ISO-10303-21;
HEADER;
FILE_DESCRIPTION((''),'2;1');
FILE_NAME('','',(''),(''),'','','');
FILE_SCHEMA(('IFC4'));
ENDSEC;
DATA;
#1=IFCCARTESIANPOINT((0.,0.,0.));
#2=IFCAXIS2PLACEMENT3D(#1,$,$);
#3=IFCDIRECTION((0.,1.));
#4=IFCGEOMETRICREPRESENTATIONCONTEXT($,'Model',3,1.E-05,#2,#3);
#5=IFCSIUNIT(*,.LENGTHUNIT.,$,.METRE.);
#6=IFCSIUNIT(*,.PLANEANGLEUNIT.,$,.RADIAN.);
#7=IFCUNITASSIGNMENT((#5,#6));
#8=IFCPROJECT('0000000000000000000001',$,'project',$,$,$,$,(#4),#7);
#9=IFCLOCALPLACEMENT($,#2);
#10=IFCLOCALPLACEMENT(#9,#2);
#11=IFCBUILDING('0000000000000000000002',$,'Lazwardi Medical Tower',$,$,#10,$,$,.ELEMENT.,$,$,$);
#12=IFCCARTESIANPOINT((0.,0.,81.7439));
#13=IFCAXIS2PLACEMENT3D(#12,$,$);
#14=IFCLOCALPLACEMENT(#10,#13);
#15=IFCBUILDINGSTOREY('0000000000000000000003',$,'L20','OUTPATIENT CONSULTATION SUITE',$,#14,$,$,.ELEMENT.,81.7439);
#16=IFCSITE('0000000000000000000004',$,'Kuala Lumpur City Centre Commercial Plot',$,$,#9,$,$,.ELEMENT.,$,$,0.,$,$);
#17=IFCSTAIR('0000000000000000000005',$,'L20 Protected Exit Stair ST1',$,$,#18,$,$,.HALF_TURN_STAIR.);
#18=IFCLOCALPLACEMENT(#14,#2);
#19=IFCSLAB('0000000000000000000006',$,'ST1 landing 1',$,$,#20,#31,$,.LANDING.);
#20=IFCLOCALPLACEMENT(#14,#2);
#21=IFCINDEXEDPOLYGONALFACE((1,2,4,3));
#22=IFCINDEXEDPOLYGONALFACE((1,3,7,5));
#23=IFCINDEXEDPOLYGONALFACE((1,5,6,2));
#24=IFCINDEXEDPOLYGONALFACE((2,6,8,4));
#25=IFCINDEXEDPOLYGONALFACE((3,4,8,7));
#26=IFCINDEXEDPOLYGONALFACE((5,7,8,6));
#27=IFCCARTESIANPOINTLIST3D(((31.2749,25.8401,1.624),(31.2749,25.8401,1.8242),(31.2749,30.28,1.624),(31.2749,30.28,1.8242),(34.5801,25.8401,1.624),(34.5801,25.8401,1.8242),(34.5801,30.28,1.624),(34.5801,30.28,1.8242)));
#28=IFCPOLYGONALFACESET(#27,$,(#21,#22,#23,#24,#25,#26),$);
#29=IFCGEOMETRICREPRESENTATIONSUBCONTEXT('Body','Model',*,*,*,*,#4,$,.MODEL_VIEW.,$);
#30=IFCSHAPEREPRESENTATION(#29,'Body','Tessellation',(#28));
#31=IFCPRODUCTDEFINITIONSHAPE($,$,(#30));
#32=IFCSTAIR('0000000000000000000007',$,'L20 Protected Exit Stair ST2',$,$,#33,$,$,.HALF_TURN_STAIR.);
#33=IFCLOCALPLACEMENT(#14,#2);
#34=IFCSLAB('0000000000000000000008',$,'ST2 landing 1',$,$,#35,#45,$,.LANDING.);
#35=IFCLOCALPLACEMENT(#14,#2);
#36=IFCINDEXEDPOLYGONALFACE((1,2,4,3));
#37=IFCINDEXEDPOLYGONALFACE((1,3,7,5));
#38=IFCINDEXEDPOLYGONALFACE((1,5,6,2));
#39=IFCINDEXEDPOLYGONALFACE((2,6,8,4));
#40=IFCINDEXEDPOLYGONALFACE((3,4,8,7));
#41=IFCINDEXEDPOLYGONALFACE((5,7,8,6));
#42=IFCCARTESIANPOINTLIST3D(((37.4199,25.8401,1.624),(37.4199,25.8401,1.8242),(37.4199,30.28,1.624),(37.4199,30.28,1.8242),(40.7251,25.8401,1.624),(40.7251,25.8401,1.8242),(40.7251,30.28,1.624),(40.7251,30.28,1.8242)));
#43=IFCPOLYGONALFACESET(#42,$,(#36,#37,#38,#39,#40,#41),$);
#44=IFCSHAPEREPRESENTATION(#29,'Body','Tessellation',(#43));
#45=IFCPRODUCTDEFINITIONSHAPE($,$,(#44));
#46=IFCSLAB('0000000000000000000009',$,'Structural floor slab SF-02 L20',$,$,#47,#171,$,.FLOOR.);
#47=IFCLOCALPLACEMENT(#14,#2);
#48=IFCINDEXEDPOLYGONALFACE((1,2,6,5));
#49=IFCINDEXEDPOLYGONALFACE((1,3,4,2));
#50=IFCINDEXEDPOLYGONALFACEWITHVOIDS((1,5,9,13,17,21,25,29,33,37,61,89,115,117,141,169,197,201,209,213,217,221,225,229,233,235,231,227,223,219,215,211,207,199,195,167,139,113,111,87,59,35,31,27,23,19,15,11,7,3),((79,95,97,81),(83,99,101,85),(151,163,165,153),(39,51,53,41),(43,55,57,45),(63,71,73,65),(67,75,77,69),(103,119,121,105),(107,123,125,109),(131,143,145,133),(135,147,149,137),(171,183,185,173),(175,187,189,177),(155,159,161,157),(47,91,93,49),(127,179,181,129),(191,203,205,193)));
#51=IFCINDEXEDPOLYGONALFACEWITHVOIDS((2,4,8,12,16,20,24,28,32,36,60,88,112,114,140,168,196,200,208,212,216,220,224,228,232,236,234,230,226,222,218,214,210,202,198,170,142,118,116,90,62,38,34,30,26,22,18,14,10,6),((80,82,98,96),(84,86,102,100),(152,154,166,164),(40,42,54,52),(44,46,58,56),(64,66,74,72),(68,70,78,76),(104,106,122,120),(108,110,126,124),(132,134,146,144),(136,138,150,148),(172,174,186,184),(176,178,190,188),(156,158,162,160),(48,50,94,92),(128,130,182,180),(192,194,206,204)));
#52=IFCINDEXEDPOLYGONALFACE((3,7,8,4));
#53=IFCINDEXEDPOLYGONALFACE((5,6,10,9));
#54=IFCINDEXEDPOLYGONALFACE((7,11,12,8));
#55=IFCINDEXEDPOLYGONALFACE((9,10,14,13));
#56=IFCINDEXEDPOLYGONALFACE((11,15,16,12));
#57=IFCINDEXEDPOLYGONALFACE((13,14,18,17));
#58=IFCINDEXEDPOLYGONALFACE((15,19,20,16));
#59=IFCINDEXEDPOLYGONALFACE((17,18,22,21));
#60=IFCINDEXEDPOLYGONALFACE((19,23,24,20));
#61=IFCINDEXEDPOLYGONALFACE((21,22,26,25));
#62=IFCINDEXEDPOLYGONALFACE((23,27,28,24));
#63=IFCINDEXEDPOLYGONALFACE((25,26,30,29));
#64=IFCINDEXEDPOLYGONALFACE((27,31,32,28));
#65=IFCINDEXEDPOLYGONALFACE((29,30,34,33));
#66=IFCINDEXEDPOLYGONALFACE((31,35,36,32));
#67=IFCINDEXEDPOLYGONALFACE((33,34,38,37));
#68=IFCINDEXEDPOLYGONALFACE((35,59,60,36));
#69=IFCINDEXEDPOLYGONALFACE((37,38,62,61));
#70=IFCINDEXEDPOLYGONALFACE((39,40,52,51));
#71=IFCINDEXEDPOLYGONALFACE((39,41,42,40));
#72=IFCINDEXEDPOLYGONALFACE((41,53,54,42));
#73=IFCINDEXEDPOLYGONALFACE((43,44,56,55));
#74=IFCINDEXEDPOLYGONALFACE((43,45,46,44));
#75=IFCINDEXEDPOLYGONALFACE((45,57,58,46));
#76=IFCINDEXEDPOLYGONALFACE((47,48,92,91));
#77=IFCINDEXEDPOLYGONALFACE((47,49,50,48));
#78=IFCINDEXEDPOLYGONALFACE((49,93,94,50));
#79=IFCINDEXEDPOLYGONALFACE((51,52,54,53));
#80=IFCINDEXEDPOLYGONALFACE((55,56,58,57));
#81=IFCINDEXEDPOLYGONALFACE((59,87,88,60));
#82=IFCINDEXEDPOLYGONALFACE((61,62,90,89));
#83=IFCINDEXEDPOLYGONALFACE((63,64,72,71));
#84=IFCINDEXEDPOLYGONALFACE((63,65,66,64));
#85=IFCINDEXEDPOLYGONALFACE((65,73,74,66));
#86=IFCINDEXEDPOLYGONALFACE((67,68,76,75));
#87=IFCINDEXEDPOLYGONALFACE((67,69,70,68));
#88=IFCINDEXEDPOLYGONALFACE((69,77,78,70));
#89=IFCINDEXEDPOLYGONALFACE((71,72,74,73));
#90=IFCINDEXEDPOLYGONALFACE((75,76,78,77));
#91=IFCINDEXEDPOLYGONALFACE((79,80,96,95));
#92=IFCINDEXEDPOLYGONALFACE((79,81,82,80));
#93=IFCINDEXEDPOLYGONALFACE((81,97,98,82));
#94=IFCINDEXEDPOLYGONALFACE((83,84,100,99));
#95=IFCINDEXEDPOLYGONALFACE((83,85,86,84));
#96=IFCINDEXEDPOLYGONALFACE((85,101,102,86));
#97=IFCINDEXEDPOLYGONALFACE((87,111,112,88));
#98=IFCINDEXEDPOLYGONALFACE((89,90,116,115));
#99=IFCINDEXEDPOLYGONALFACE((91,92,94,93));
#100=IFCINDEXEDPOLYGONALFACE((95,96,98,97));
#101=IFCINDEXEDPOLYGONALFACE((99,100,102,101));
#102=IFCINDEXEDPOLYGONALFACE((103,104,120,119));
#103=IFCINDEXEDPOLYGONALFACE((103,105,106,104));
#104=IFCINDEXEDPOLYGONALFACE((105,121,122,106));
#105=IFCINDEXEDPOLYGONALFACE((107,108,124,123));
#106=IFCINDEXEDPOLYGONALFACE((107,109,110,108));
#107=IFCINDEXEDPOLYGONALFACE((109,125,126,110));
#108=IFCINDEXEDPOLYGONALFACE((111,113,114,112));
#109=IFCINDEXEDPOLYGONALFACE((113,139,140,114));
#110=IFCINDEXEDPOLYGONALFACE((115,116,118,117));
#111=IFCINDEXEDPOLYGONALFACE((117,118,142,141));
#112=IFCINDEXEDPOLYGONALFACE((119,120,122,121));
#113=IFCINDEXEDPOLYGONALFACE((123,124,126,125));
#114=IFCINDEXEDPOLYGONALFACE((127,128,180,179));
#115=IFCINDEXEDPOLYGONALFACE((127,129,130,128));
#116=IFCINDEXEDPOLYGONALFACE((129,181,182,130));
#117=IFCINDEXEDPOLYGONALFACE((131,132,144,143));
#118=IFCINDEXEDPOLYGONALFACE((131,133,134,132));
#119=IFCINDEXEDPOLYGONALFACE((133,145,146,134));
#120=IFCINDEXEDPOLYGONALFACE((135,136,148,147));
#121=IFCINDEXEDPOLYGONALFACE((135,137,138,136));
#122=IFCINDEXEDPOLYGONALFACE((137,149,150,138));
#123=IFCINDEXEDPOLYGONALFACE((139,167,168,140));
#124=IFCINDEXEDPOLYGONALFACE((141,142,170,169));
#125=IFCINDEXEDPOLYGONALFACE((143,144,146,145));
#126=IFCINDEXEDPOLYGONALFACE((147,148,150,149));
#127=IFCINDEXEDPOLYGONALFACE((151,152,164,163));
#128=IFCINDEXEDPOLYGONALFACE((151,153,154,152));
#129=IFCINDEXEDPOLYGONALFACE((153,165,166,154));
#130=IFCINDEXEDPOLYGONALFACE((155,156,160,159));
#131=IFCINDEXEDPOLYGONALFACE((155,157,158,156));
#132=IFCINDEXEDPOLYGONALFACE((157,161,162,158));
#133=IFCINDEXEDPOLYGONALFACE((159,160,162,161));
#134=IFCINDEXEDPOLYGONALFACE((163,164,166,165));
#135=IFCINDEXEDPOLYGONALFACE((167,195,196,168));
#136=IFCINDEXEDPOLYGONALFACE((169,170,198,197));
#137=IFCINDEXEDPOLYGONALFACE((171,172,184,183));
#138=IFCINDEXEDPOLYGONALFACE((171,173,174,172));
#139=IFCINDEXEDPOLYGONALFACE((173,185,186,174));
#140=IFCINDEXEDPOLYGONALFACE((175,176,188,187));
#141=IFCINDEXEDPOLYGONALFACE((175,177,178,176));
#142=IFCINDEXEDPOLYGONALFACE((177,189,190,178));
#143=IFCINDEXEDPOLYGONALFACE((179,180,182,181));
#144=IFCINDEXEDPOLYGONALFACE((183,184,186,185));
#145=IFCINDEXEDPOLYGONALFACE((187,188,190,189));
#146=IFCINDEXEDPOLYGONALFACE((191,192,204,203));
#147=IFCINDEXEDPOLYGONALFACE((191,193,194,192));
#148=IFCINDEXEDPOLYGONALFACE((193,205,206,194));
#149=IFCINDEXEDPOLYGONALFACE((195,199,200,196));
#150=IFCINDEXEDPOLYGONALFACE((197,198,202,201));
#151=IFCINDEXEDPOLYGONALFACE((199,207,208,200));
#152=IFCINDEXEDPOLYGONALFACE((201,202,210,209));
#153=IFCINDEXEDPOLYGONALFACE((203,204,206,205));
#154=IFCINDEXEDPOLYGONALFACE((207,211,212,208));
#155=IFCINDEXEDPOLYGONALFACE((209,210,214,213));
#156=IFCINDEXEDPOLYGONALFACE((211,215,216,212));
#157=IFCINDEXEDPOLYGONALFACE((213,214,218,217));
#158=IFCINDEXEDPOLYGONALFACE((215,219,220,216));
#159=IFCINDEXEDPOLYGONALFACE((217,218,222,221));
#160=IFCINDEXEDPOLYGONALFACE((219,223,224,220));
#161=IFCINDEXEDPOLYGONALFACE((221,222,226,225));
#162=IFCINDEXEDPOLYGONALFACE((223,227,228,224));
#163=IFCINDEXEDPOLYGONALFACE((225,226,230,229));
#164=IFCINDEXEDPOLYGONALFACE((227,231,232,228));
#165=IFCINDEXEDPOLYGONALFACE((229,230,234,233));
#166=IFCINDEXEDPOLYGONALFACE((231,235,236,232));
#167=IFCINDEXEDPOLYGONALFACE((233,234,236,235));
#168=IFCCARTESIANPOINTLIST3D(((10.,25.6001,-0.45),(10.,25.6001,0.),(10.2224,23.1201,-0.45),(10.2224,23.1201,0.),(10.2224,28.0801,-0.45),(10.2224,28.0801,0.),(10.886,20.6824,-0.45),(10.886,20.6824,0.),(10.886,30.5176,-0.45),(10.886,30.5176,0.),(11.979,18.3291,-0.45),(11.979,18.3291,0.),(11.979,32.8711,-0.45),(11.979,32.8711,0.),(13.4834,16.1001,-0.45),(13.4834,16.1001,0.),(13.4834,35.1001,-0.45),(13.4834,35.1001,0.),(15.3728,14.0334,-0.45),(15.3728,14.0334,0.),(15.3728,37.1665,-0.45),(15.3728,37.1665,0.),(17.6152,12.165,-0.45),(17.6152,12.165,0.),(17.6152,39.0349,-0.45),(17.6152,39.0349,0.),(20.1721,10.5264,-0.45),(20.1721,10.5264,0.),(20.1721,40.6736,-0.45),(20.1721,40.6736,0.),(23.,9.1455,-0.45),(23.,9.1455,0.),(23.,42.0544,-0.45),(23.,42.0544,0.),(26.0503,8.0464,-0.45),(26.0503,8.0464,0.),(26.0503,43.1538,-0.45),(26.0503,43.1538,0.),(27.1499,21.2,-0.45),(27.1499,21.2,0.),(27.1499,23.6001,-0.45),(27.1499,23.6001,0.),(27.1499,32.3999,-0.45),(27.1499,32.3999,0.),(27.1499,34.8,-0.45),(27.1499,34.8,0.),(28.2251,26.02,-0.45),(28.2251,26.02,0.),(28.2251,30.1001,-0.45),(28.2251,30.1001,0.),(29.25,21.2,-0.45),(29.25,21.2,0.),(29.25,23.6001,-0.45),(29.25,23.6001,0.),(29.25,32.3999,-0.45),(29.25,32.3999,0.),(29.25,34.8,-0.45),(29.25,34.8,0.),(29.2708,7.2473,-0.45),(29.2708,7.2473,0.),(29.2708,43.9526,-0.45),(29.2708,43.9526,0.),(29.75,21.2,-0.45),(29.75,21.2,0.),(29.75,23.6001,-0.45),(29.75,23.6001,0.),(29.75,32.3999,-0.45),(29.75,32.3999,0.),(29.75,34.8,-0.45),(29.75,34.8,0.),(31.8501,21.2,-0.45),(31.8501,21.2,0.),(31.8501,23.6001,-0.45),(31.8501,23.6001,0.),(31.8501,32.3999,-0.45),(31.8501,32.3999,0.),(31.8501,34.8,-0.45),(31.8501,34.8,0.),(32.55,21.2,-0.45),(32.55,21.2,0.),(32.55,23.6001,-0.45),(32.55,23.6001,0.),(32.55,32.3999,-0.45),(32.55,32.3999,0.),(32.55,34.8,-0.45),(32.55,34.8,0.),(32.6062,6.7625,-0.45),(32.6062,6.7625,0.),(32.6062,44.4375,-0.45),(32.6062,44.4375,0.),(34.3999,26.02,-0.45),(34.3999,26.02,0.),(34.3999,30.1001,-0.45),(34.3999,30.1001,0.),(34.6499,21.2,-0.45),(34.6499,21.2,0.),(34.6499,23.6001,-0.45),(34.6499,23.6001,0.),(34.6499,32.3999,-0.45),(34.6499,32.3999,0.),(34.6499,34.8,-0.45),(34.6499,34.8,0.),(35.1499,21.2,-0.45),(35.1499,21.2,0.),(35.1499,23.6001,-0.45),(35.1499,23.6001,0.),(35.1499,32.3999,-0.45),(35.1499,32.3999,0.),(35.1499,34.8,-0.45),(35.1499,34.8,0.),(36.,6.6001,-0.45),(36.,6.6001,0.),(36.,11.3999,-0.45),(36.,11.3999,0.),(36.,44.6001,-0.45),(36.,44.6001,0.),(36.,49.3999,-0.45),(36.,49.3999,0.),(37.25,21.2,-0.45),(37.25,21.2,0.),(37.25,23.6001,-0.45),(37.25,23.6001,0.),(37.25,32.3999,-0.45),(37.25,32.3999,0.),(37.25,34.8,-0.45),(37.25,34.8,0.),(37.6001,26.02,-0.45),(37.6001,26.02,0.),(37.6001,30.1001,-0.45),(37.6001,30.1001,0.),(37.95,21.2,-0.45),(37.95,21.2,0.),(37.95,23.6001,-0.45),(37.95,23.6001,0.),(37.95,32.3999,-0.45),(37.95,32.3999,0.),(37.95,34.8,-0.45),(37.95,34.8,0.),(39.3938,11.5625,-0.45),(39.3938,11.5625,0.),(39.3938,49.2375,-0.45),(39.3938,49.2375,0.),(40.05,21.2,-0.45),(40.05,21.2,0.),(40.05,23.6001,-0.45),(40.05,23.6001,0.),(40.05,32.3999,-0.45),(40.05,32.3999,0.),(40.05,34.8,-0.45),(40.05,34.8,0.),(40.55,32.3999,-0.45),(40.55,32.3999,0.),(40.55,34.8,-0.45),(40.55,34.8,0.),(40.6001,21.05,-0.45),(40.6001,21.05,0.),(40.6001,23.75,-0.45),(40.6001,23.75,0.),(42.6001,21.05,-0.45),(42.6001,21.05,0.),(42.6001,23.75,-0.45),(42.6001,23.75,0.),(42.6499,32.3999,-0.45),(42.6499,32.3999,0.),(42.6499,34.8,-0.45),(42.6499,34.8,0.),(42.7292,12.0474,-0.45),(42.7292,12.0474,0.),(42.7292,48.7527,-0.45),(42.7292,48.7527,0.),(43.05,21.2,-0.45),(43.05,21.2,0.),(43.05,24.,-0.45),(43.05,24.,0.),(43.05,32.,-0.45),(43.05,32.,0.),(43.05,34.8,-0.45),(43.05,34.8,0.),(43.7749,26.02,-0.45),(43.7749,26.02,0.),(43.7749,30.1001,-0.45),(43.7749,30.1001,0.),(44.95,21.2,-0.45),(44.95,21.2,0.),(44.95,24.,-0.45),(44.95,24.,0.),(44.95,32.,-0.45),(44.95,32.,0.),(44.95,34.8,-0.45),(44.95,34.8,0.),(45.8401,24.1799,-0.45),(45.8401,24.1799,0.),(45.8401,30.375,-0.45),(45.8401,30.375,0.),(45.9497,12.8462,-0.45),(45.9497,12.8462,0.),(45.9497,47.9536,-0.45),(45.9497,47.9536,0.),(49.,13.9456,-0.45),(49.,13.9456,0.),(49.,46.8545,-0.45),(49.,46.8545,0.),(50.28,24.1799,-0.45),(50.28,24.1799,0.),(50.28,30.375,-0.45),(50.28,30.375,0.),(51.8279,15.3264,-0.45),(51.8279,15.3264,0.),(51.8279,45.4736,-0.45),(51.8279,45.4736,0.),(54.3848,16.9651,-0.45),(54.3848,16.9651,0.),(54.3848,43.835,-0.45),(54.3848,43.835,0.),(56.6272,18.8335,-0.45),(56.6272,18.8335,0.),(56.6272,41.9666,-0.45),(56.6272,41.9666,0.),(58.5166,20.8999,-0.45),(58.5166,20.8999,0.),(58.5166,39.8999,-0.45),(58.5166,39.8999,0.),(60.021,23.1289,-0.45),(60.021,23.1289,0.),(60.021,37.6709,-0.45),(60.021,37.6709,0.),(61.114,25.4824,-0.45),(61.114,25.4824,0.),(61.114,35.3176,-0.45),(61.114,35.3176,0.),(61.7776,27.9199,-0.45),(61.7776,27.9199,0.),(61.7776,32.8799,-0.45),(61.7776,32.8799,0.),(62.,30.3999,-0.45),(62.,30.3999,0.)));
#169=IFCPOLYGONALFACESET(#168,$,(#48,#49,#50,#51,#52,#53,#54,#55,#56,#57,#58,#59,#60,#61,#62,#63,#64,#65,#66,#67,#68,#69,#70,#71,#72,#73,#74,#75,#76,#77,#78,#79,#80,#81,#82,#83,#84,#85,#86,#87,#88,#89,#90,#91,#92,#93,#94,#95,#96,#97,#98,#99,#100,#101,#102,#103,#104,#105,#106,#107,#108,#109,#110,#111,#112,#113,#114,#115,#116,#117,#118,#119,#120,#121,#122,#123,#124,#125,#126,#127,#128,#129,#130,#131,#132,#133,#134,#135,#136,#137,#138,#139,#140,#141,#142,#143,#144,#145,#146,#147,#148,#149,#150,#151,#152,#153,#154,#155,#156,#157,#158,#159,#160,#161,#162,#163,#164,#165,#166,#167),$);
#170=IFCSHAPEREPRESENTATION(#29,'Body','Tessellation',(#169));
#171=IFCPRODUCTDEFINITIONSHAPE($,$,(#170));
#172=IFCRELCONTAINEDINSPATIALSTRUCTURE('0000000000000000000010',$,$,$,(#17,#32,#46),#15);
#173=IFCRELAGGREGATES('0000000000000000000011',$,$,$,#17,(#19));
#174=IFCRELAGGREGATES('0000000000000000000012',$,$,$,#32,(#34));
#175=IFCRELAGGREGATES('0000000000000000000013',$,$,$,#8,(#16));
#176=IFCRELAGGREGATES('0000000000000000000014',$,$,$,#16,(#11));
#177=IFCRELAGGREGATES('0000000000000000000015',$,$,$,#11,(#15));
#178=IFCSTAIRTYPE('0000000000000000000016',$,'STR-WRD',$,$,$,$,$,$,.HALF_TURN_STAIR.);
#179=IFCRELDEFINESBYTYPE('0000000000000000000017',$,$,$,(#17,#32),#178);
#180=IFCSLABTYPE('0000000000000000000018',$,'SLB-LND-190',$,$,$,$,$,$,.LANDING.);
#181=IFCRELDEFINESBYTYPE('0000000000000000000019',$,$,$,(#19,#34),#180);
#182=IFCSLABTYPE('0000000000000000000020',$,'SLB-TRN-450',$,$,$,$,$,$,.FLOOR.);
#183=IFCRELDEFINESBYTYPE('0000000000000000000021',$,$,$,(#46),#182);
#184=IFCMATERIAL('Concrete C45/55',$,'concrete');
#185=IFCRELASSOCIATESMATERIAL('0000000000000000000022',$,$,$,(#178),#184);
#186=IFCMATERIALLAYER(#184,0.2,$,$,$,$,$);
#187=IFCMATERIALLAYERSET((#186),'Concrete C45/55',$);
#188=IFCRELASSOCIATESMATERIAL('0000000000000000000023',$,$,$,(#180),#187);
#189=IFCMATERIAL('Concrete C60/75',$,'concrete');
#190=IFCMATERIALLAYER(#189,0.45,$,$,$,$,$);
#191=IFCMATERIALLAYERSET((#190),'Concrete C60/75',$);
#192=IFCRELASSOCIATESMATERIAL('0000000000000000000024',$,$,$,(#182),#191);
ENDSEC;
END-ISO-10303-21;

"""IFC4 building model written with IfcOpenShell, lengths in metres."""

from ifc_helpers import new_model, si_unit, direction, frame, origin, place, context, subcontext, project, spatial, polyline, outline, extrude, material, layer, layer_set, type_object, element, aggregate, save


model = new_model("IFC4")

# Units and contexts
model_context = context("Model", 3, precision=1e-05, world=origin(), true_north=direction((0.0, 1.0)))
body_context = subcontext(model_context, "Body", "Model", "MODEL_VIEW")
ifc_project = project(units=[si_unit("LENGTHUNIT", "METRE"), si_unit("PLANEANGLEUNIT", "RADIAN")], contexts=[model_context])

# Site, building, storey
site_placement = place(None, origin())
site = spatial("IfcSite", under=ifc_project, at=site_placement, Name="Kuala Lumpur City Centre Commercial Plot", CompositionType="ELEMENT", RefElevation=0.0)
building_placement = place(site_placement, origin())
building = spatial("IfcBuilding", under=site, at=building_placement, Name="Lazwardi Medical Tower", CompositionType="ELEMENT")
storey_placement = place(building_placement, frame((0.0, 0.0, 81.7439)))
storey = spatial("IfcBuildingStorey", under=building, at=storey_placement, Name="L20", Description="OUTPATIENT CONSULTATION SUITE", CompositionType="ELEMENT", Elevation=81.7439)

# Stairs, slabs
ifc_material_1 = material(Name="Concrete C45/55", Category="concrete")
stair_type = type_object("IfcStairType", Name="STR-WRD", PredefinedType="HALF_TURN_STAIR", material=ifc_material_1)
stair_1_placement = place(storey_placement, origin())
stair_1 = element("IfcStair", 1, at=stair_1_placement, inside=storey, type_object=stair_type, Name="L20 Protected Exit Stair ST1", PredefinedType="HALF_TURN_STAIR")
ifc_layer_1 = layer(ifc_material_1, 0.2)
ifc_layer_set_1 = layer_set([ifc_layer_1], Name="Concrete C45/55")
slab_type_1 = type_object("IfcSlabType", Name="SLB-LND-190", PredefinedType="LANDING", material=ifc_layer_set_1)
slab_1_placement = place(storey_placement, frame((0.0, 0.0, 1.624)))
slab_1 = element("IfcSlab", 2, at=slab_1_placement, type_object=slab_type_1, Name="ST1 landing 1", PredefinedType="LANDING", context=body_context, shape_type="SweptSolid", body=[
    extrude(outline(polyline([(31.2749, 25.8401), (34.5801, 25.8401), (34.5801, 30.28), (31.2749, 30.28), (31.2749, 25.8401)])), origin(), (0.0, 0.0, 1.0), 0.2002),
])
aggregate(stair_1, [slab_1])
stair_2_placement = place(storey_placement, origin())
stair_2 = element("IfcStair", 3, at=stair_2_placement, inside=storey, type_object=stair_type, Name="L20 Protected Exit Stair ST2", PredefinedType="HALF_TURN_STAIR")
slab_2_placement = place(storey_placement, frame((0.0, 0.0, 1.624)))
slab_2 = element("IfcSlab", 4, at=slab_2_placement, type_object=slab_type_1, Name="ST2 landing 1", PredefinedType="LANDING", context=body_context, shape_type="SweptSolid", body=[
    extrude(outline(polyline([(40.7251, 30.28), (37.4199, 30.28), (37.4199, 25.8401), (40.7251, 25.8401), (40.7251, 30.28)])), origin(), (0.0, 0.0, 1.0), 0.2002),
])
aggregate(stair_2, [slab_2])

# Slab
ifc_material_2 = material(Name="Concrete C60/75", Category="concrete")
ifc_layer_2 = layer(ifc_material_2, 0.45)
ifc_layer_set_2 = layer_set([ifc_layer_2], Name="Concrete C60/75")
slab_type_2 = type_object("IfcSlabType", Name="SLB-TRN-450", PredefinedType="FLOOR", material=ifc_layer_set_2)
slab_3_placement = place(storey_placement, frame((0.0, 0.0, -0.45)))
element("IfcSlab", 5, at=slab_3_placement, inside=storey, type_object=slab_type_2, Name="Structural floor slab SF-02 L20", PredefinedType="FLOOR", context=body_context, shape_type="SweptSolid", body=[
    extrude(outline(polyline([(11.979, 32.8711), (10.886, 30.5176), (10.2224, 28.0801), (10.0, 25.6001), (10.2224, 23.1201), (10.886, 20.6824), (11.979, 18.3291), (13.4834, 16.1001), (15.3728, 14.0334), (17.6152, 12.165), (20.1721, 10.5264), (23.0, 9.1455), (26.0503, 8.0464), (29.2708, 7.2473), (32.6062, 6.7625), (36.0, 6.6001), (36.0, 11.3999), (39.3938, 11.5625), (42.7292, 12.0474), (45.9497, 12.8462), (49.0, 13.9456), (51.8279, 15.3264), (54.3848, 16.9651), (56.6272, 18.8335), (58.5166, 20.8999), (60.021, 23.1289), (61.114, 25.4824), (61.7776, 27.9199), (62.0, 30.3999), (61.7776, 32.8799), (61.114, 35.3176), (60.021, 37.6709), (58.5166, 39.8999), (56.6272, 41.9666), (54.3848, 43.835), (51.8279, 45.4736), (49.0, 46.8545), (45.9497, 47.9536), (42.7292, 48.7527), (39.3938, 49.2375), (36.0, 49.3999), (36.0, 44.6001), (32.6062, 44.4375), (29.2708, 43.9526), (26.0503, 43.1538), (23.0, 42.0544), (20.1721, 40.6736), (17.6152, 39.0349), (15.3728, 37.1665), (13.4834, 35.1001), (11.979, 32.8711)]), holes=[polyline([(28.2251, 26.02), (28.2251, 30.1001), (34.3999, 30.1001), (34.3999, 26.02), (28.2251, 26.02)]), polyline([(37.6001, 30.1001), (43.7749, 30.1001), (43.7749, 26.02), (37.6001, 26.02), (37.6001, 30.1001)]), polyline([(50.28, 30.375), (50.28, 24.1799), (45.8401, 24.1799), (45.8401, 30.375), (50.28, 30.375)]), polyline([(29.25, 32.3999), (27.1499, 32.3999), (27.1499, 34.8), (29.25, 34.8), (29.25, 32.3999)]), polyline([(29.75, 32.3999), (29.75, 34.8), (31.8501, 34.8), (31.8501, 32.3999), (29.75, 32.3999)]), polyline([(27.1499, 23.6001), (29.25, 23.6001), (29.25, 21.2), (27.1499, 21.2), (27.1499, 23.6001)]), polyline([(31.8501, 23.6001), (31.8501, 21.2), (29.75, 21.2), (29.75, 23.6001), (31.8501, 23.6001)]), polyline([(34.6499, 32.3999), (32.55, 32.3999), (32.55, 34.8), (34.6499, 34.8), (34.6499, 32.3999)]), polyline([(35.1499, 32.3999), (35.1499, 34.8), (37.25, 34.8), (37.25, 32.3999), (35.1499, 32.3999)]), polyline([(32.55, 23.6001), (34.6499, 23.6001), (34.6499, 21.2), (32.55, 21.2), (32.55, 23.6001)]), polyline([(37.25, 23.6001), (37.25, 21.2), (35.1499, 21.2), (35.1499, 23.6001), (37.25, 23.6001)]), polyline([(40.05, 32.3999), (37.95, 32.3999), (37.95, 34.8), (40.05, 34.8), (40.05, 32.3999)]), polyline([(40.55, 32.3999), (40.55, 34.8), (42.6499, 34.8), (42.6499, 32.3999), (40.55, 32.3999)]), polyline([(37.95, 23.6001), (40.05, 23.6001), (40.05, 21.2), (37.95, 21.2), (37.95, 23.6001)]), polyline([(44.95, 34.8), (44.95, 32.0), (43.05, 32.0), (43.05, 34.8), (44.95, 34.8)]), polyline([(44.95, 21.2), (43.05, 21.2), (43.05, 24.0), (44.95, 24.0), (44.95, 21.2)]), polyline([(40.6001, 21.05), (40.6001, 23.75), (42.6001, 23.75), (42.6001, 21.05), (40.6001, 21.05)])]), origin(), (0.0, 0.0, 1.0), 0.45),
])

save(model, "model.ifc")
